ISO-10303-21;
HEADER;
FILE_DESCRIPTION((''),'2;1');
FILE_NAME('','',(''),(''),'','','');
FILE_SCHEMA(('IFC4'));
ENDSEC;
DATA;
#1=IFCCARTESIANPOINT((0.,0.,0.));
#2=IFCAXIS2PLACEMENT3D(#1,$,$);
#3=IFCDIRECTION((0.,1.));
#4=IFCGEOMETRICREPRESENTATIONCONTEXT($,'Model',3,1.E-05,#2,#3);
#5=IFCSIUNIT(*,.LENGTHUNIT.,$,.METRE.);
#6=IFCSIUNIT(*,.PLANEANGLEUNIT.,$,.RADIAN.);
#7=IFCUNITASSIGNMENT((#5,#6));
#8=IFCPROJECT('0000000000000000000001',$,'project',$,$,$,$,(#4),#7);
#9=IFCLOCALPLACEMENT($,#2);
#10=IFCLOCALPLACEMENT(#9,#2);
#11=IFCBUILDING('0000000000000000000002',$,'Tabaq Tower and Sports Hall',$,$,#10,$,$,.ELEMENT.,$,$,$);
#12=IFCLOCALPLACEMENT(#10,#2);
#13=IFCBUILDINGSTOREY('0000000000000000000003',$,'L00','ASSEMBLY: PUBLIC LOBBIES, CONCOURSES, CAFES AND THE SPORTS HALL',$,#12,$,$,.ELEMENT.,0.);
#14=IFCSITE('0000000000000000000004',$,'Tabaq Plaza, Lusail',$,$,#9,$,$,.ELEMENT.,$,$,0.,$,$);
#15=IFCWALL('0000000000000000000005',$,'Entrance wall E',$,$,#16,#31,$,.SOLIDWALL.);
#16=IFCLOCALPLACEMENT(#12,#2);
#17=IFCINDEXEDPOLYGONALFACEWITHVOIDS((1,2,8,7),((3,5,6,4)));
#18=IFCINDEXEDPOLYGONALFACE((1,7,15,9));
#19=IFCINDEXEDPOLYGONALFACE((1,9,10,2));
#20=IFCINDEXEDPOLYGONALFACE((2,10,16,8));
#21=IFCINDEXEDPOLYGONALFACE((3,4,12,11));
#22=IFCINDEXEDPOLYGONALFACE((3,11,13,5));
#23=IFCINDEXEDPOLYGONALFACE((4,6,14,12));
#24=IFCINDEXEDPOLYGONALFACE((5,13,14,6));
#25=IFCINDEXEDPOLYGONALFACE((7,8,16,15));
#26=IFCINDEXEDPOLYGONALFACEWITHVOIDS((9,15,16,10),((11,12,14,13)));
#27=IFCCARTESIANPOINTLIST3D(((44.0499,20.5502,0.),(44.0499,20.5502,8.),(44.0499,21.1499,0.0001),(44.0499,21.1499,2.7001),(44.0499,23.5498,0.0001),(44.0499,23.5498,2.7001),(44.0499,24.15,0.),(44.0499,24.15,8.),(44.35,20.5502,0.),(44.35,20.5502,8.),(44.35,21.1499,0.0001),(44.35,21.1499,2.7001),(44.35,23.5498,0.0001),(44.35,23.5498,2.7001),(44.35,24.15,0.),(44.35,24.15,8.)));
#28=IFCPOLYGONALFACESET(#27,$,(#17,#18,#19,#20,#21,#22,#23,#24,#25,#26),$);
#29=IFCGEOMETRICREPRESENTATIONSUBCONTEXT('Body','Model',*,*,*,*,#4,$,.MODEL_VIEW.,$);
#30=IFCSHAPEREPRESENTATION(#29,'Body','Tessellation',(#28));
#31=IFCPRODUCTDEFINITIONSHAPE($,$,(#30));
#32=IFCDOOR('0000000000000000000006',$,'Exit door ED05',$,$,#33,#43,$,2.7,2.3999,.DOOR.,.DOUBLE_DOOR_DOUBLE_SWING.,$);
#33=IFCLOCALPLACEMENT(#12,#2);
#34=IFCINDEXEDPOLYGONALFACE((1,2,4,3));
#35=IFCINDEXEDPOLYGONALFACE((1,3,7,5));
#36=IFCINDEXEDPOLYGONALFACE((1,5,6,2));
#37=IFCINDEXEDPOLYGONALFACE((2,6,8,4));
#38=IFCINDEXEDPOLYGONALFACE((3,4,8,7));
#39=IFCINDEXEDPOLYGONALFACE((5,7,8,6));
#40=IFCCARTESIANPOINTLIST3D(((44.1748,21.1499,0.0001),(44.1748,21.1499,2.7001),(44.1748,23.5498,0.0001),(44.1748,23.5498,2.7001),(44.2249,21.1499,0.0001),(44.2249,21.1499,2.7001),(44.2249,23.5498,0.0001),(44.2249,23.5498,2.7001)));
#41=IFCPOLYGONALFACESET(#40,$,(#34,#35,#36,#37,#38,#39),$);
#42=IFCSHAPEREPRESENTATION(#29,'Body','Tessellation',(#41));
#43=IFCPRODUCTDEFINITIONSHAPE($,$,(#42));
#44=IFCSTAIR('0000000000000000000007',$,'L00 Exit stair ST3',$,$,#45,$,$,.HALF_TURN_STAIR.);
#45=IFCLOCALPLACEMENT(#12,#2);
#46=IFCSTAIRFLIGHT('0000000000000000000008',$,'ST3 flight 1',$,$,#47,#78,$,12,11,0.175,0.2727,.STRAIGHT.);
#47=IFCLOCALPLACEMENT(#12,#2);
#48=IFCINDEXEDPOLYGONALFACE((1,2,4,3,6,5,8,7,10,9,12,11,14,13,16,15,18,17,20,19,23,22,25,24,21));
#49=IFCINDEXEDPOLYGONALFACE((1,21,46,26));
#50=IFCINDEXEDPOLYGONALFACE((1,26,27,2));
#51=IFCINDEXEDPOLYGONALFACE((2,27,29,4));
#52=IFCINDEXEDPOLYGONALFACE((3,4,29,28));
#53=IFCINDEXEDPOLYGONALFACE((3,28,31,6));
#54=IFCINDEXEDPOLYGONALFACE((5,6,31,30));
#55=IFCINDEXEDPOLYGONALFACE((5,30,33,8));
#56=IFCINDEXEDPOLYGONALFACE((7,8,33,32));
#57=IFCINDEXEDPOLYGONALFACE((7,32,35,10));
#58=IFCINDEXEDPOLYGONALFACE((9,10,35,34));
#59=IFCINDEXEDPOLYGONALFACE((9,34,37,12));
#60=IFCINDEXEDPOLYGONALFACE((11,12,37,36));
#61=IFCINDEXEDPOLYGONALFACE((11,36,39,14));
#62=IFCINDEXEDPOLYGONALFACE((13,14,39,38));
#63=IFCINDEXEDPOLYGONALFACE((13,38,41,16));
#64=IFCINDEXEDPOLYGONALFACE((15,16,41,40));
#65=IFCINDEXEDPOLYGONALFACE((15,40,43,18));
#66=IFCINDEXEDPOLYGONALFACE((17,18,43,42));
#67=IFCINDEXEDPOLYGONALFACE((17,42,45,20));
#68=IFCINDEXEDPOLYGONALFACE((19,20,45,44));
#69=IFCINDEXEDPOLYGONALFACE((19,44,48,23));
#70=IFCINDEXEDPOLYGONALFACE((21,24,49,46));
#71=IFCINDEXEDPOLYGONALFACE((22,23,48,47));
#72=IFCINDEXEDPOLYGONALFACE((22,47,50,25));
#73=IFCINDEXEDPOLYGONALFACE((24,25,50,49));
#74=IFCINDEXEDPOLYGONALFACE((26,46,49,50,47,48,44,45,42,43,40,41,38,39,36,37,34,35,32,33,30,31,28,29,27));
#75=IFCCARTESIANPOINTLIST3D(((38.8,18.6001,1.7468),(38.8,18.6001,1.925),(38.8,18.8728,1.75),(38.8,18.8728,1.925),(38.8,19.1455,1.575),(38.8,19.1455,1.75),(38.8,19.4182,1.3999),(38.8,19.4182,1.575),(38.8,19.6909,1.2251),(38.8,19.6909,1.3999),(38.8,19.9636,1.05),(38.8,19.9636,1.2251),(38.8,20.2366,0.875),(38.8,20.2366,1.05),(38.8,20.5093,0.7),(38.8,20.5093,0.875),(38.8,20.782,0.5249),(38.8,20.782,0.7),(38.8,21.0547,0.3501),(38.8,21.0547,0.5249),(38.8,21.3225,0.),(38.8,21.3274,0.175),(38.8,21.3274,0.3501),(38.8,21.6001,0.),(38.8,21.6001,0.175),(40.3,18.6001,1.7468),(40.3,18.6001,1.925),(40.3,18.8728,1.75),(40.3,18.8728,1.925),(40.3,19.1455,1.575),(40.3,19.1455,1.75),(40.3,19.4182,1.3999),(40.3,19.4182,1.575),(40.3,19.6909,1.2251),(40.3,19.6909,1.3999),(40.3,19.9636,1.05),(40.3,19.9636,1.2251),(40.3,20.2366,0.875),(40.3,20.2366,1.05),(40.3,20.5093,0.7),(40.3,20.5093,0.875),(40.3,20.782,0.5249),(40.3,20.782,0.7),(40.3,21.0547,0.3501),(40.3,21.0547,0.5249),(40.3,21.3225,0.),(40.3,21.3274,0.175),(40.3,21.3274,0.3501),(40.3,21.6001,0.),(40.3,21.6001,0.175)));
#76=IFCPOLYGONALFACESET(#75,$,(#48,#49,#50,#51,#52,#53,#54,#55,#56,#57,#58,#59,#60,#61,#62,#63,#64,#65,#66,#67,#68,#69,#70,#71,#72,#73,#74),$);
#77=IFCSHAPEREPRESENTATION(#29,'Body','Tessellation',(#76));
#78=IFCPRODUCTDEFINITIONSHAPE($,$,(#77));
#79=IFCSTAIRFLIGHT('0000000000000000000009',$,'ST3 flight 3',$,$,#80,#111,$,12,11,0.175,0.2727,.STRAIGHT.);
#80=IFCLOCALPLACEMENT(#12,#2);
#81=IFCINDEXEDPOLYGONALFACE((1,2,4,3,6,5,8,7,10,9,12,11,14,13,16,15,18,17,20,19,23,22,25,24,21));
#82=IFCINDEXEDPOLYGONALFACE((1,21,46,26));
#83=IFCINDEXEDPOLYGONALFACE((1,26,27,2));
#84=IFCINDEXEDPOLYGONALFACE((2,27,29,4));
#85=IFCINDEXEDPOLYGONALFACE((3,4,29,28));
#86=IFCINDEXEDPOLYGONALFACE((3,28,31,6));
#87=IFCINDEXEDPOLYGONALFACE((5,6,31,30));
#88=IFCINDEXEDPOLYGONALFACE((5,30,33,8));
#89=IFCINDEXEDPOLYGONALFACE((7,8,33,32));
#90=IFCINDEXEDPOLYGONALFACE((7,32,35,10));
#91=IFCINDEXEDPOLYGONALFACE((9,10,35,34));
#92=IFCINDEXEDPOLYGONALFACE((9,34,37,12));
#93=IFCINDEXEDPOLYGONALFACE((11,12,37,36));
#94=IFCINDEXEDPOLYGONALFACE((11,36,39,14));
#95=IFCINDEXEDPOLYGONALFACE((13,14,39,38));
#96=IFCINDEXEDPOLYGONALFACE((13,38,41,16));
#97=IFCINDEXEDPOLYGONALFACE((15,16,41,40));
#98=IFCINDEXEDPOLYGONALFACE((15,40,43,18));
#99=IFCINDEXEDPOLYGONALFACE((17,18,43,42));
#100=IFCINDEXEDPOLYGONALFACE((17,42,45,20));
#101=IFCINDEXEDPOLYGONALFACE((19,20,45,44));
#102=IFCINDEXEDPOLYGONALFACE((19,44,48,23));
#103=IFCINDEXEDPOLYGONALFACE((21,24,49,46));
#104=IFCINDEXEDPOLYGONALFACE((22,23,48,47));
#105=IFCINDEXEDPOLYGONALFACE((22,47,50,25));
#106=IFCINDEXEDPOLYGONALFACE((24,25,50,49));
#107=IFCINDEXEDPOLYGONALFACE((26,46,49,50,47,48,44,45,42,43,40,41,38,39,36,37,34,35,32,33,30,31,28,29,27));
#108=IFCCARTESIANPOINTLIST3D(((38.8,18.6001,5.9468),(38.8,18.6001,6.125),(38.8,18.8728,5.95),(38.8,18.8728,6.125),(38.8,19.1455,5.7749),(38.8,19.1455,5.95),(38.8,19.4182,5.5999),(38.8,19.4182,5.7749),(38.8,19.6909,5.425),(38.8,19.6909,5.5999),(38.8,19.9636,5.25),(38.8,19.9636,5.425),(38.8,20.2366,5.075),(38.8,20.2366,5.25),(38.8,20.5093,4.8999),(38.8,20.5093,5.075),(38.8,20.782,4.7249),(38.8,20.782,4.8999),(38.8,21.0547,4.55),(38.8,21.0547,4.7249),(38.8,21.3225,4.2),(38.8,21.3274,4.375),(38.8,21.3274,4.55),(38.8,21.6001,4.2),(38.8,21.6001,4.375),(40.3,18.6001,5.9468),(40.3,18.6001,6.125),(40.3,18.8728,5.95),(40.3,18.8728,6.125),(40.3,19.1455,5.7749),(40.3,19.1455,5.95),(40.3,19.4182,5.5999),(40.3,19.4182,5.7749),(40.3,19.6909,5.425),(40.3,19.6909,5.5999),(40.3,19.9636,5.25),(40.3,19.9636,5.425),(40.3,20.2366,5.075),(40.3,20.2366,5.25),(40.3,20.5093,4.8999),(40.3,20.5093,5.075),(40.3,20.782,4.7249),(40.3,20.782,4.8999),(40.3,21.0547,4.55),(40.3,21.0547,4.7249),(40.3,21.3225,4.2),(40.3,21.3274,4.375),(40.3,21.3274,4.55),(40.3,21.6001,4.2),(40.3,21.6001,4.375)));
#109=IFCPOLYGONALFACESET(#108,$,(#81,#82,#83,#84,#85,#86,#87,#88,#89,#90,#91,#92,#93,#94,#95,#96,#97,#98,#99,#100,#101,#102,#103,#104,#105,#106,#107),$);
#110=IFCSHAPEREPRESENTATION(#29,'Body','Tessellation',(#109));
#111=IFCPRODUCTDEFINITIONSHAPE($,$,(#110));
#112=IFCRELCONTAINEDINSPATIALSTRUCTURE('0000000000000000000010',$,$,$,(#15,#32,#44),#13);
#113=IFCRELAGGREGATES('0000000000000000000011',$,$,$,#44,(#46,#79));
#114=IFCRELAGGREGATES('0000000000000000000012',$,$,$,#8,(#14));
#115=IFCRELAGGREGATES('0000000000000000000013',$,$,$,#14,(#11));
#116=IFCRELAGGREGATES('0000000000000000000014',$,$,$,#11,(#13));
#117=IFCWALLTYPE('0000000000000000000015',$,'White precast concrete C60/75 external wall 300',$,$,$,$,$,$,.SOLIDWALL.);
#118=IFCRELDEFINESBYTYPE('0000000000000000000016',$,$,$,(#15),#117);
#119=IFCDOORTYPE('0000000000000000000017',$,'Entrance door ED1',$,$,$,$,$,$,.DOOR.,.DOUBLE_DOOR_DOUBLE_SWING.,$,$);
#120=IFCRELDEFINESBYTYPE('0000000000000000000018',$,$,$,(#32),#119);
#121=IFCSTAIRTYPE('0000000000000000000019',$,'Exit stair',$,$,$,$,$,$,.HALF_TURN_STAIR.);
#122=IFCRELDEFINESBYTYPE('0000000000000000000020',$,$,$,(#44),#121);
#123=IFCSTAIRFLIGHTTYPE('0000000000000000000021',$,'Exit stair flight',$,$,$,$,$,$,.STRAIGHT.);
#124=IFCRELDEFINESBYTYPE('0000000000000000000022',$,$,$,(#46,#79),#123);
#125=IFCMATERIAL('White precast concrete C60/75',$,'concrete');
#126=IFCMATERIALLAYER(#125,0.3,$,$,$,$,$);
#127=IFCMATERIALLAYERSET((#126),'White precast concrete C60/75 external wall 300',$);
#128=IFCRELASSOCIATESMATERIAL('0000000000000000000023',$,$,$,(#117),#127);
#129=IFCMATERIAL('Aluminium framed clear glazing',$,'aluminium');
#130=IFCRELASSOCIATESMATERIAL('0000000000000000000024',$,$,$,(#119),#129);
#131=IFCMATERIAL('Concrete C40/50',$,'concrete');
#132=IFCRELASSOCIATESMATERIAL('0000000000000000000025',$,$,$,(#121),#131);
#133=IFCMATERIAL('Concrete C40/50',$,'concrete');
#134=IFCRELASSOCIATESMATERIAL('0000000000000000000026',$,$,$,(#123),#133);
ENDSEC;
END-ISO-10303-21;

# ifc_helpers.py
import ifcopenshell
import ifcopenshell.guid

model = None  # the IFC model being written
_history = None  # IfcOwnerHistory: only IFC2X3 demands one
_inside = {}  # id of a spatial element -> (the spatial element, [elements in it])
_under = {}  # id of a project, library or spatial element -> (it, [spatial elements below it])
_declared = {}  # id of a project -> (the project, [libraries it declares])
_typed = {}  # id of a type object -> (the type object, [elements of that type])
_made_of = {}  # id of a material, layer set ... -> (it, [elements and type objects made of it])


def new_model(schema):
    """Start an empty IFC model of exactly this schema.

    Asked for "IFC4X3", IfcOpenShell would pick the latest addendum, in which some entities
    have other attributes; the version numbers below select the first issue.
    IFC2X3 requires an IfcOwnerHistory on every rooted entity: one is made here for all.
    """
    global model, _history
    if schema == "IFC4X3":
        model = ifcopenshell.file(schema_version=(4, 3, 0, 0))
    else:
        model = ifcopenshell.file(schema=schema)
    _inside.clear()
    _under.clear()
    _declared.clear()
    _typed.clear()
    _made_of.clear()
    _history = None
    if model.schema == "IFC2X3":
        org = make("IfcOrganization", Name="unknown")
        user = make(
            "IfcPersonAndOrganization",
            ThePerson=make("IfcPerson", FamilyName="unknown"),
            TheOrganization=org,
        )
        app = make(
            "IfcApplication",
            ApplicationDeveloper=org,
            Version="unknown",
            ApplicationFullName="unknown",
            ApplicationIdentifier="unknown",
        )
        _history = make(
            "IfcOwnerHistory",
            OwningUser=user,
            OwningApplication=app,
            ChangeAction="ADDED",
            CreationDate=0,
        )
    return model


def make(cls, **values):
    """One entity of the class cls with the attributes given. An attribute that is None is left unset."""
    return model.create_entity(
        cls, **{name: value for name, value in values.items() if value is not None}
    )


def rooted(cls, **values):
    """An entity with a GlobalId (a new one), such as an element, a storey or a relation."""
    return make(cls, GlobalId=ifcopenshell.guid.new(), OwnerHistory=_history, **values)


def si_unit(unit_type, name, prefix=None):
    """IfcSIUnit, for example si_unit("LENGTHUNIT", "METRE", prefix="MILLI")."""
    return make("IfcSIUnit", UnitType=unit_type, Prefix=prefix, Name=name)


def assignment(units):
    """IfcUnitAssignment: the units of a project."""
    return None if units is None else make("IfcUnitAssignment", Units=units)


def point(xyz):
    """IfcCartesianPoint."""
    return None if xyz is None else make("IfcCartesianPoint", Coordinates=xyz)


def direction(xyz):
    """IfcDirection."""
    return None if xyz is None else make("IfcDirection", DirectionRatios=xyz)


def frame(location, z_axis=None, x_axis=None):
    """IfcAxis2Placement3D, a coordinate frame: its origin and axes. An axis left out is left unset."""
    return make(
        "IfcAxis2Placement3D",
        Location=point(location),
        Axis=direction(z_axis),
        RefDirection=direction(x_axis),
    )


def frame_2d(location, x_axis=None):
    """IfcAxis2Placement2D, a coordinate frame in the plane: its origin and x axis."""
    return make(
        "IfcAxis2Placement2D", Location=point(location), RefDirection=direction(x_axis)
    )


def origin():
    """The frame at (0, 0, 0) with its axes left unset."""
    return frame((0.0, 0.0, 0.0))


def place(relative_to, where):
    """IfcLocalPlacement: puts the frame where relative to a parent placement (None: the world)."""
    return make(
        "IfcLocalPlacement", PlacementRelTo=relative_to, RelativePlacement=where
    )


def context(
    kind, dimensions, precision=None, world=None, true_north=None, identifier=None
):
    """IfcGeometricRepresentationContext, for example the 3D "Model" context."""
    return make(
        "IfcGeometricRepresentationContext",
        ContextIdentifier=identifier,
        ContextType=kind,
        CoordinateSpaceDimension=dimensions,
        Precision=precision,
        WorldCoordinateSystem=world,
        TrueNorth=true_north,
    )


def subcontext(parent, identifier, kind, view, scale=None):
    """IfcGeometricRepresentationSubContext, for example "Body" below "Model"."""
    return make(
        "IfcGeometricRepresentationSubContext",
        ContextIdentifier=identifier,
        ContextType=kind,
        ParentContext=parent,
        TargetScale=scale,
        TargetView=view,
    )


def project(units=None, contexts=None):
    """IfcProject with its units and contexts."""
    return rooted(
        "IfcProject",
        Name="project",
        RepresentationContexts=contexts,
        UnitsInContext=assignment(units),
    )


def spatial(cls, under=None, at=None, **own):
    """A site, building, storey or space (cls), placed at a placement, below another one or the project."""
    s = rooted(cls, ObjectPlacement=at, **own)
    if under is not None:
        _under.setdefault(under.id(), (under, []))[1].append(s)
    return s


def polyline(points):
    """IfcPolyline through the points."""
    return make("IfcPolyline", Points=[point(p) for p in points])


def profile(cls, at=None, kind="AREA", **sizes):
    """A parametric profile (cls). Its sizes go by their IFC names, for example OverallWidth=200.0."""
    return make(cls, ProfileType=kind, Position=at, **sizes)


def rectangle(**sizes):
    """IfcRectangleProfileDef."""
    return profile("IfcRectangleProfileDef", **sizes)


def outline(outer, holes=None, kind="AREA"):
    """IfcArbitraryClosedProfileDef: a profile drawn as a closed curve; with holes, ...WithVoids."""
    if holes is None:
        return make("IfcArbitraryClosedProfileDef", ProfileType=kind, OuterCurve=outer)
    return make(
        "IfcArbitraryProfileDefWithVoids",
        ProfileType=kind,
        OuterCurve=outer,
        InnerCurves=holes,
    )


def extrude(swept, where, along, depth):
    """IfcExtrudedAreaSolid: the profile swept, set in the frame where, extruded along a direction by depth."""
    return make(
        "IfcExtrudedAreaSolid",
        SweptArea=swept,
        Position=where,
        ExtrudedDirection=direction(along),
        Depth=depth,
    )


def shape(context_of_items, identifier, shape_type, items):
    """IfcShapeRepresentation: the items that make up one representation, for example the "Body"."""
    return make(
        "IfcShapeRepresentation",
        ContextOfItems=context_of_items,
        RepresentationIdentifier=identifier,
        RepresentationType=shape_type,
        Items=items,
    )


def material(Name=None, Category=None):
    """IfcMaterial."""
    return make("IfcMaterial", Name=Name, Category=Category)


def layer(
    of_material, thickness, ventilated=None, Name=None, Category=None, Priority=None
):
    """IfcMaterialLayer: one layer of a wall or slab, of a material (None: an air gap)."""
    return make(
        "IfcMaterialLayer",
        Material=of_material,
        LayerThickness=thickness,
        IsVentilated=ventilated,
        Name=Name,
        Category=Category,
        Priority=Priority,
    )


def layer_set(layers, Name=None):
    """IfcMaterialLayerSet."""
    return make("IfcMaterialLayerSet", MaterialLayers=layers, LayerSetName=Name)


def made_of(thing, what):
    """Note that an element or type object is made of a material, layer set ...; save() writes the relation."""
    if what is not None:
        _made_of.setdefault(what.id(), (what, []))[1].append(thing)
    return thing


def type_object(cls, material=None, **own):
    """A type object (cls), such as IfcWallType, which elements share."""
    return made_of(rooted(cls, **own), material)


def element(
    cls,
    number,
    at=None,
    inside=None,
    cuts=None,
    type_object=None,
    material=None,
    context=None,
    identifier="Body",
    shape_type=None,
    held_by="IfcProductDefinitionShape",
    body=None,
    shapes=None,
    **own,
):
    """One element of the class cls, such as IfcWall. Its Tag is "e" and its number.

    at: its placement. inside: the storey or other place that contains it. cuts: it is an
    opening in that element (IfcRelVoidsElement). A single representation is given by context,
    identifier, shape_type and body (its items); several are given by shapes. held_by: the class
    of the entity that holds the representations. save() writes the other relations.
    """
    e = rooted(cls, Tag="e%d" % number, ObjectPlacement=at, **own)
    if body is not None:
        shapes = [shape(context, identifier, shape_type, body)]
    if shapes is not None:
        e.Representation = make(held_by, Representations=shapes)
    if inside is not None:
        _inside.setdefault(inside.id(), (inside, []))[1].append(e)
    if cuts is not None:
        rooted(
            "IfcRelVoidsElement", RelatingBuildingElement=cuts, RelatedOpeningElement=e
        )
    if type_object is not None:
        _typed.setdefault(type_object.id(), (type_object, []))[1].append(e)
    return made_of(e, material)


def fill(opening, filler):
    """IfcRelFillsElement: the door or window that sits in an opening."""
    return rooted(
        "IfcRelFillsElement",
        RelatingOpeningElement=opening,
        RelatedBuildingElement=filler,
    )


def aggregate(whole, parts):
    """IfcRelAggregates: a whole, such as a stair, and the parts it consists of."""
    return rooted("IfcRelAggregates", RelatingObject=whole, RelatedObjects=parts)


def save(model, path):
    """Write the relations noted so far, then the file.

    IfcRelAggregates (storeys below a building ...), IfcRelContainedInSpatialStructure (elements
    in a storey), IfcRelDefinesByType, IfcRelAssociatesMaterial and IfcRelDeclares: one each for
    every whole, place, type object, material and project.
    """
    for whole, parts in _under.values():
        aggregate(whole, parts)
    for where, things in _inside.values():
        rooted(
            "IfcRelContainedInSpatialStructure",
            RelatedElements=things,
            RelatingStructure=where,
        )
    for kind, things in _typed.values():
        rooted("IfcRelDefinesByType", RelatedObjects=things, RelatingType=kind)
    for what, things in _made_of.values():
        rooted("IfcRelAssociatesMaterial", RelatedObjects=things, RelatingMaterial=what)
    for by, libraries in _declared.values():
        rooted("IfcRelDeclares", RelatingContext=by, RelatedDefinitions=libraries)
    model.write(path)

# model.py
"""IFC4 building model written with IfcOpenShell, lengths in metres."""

from ifc_helpers import new_model, si_unit, direction, frame, frame_2d, origin, place, context, subcontext, project, spatial, polyline, rectangle, outline, extrude, material, layer, layer_set, type_object, element, fill, aggregate, save


model = new_model("IFC4")

# Units and contexts
model_context = context("Model", 3, precision=1e-05, world=origin(), true_north=direction((0.0, 1.0)))
body_context = subcontext(model_context, "Body", "Model", "MODEL_VIEW")
ifc_project = project(units=[si_unit("LENGTHUNIT", "METRE"), si_unit("PLANEANGLEUNIT", "RADIAN")], contexts=[model_context])

# Site, building, storey
site_placement = place(None, origin())
site = spatial("IfcSite", under=ifc_project, at=site_placement, Name="Tabaq Plaza, Lusail", CompositionType="ELEMENT", RefElevation=0.0)
building_placement = place(site_placement, origin())
building = spatial("IfcBuilding", under=site, at=building_placement, Name="Tabaq Tower and Sports Hall", CompositionType="ELEMENT")
storey_placement = place(building_placement, origin())
storey = spatial("IfcBuildingStorey", under=building, at=storey_placement, Name="L00", Description="ASSEMBLY: PUBLIC LOBBIES, CONCOURSES, CAFES AND THE SPORTS HALL", CompositionType="ELEMENT", Elevation=0.0)

# Wall, opening, door
ifc_material_1 = material(Name="White precast concrete C60/75", Category="concrete")
ifc_layer_1 = layer(ifc_material_1, 0.3)
ifc_layer_set_1 = layer_set([ifc_layer_1], Name="White precast concrete C60/75 external wall 300")
wall_type_1 = type_object("IfcWallType", Name="White precast concrete C60/75 external wall 300", PredefinedType="SOLIDWALL", material=ifc_layer_set_1)
wall_placement = place(storey_placement, frame((44.2, 24.1499, 0.0), z_axis=(0.0, 0.0, 1.0), x_axis=(0.0, -1.0, 0.0)))
wall = element("IfcWall", 1, at=wall_placement, inside=storey, type_object=wall_type_1, Name="Entrance wall E", PredefinedType="SOLIDWALL", context=body_context, shape_type="SweptSolid", body=[
    extrude(rectangle(XDim=3.5999, YDim=0.3, at=frame_2d((1.7998, 0.0))), origin(), (0.0, 0.0, 1.0), 8.0),
])
opening_placement = place(wall_placement, frame((0.6001, 0.0, 0.0)))
opening = element("IfcOpeningElement", 2, at=opening_placement, cuts=wall, PredefinedType="OPENING", context=body_context, shape_type="SweptSolid", body=[
    extrude(rectangle(XDim=2.3999, YDim=2.7, at=frame_2d((1.2, 1.3501))), frame((0.0, 0.1602, 0.0), z_axis=(0.0, -1.0, 0.0), x_axis=(1.0, 0.0, 0.0)), (0.0, 0.0, 1.0), 0.3201),
])
ifc_material_2 = material(Name="Aluminium framed clear glazing", Category="aluminium")
door_type = type_object("IfcDoorType", Name="Entrance door ED1", OperationType="DOUBLE_DOOR_DOUBLE_SWING", PredefinedType="DOOR", material=ifc_material_2)
door_placement = place(opening_placement, origin())
door = element("IfcDoor", 3, at=door_placement, inside=storey, type_object=door_type, Name="Exit door ED05", OperationType="DOUBLE_DOOR_DOUBLE_SWING", OverallHeight=2.7, OverallWidth=2.3999, PredefinedType="DOOR", context=body_context, shape_type="SweptSolid", body=[
    extrude(rectangle(XDim=2.3999, YDim=2.7, at=frame_2d((1.2, 1.3501))), frame((0.0, 0.0249, 0.0), z_axis=(0.0, -1.0, 0.0), x_axis=(1.0, 0.0, 0.0)), (0.0, 0.0, 1.0), 0.05),
])
fill(opening, door)

# Stair, stair flights
ifc_material_3 = material(Name="Concrete C40/50", Category="concrete")
stair_type = type_object("IfcStairType", Name="Exit stair", PredefinedType="HALF_TURN_STAIR", material=ifc_material_3)
stair_placement = place(storey_placement, origin())
stair = element("IfcStair", 4, at=stair_placement, inside=storey, type_object=stair_type, Name="L00 Exit stair ST3", PredefinedType="HALF_TURN_STAIR")
ifc_material_4 = material(Name="Concrete C40/50", Category="concrete")
stair_flight_type = type_object("IfcStairFlightType", Name="Exit stair flight", PredefinedType="STRAIGHT", material=ifc_material_4)
stair_flight_1_placement = place(storey_placement, frame((39.55, 21.6001, 0.0), z_axis=(0.0, 0.0, 1.0), x_axis=(0.0, -1.0, 0.0)))
stair_flight_1 = element("IfcStairFlight", 5, at=stair_flight_1_placement, type_object=stair_flight_type, Name="ST3 flight 1", NumberOfRisers=12, NumberOfTreads=11, PredefinedType="STRAIGHT", RiserHeight=0.175, TreadLength=0.2727, context=body_context, shape_type="SweptSolid", body=[
    extrude(outline(polyline([(0.0, 0.0), (0.0, 0.175), (0.2727, 0.175), (0.2727, 0.3501), (0.5454, 0.3501), (0.5454, 0.5249), (0.8181, 0.5249), (0.8181, 0.7), (1.0908, 0.7), (1.0908, 0.875), (1.3635, 0.875), (1.3635, 1.05), (1.6365, 1.05), (1.6365, 1.2251), (1.9092, 1.2251), (1.9092, 1.3999), (2.1819, 1.3999), (2.1819, 1.575), (2.4546, 1.575), (2.4546, 1.75), (2.7273, 1.75), (2.7273, 1.925), (3.0, 1.925), (3.0, 2.1001), (3.0, 1.7468), (0.2776, 0.0), (0.0, 0.0)])), frame((0.0, 0.75, 0.0), z_axis=(0.0, -1.0, 0.0), x_axis=(1.0, 0.0, 0.0)), (0.0, 0.0, 1.0), 1.5),
])
stair_flight_2_placement = place(storey_placement, frame((39.55, 21.6001, 4.2), z_axis=(0.0, 0.0, 1.0), x_axis=(0.0, -1.0, 0.0)))
stair_flight_2 = element("IfcStairFlight", 6, at=stair_flight_2_placement, type_object=stair_flight_type, Name="ST3 flight 3", NumberOfRisers=12, NumberOfTreads=11, PredefinedType="STRAIGHT", RiserHeight=0.175, TreadLength=0.2727, context=body_context, shape_type="SweptSolid", body=[
    extrude(outline(polyline([(0.0, 0.0), (0.0, 0.175), (0.2727, 0.175), (0.2727, 0.3501), (0.5454, 0.3501), (0.5454, 0.5249), (0.8181, 0.5249), (0.8181, 0.7), (1.0908, 0.7), (1.0908, 0.875), (1.3635, 0.875), (1.3635, 1.05), (1.6365, 1.05), (1.6365, 1.2251), (1.9092, 1.2251), (1.9092, 1.3999), (2.1819, 1.3999), (2.1819, 1.575), (2.4546, 1.575), (2.4546, 1.75), (2.7273, 1.75), (2.7273, 1.925), (3.0, 1.925), (3.0, 2.1001), (3.0, 1.7468), (0.2776, 0.0), (0.0, 0.0)])), frame((0.0, 0.75, 0.0), z_axis=(0.0, -1.0, 0.0), x_axis=(1.0, 0.0, 0.0)), (0.0, 0.0, 1.0), 1.5),
])
aggregate(stair, [stair_flight_1, stair_flight_2])

save(model, "model.ifc")
